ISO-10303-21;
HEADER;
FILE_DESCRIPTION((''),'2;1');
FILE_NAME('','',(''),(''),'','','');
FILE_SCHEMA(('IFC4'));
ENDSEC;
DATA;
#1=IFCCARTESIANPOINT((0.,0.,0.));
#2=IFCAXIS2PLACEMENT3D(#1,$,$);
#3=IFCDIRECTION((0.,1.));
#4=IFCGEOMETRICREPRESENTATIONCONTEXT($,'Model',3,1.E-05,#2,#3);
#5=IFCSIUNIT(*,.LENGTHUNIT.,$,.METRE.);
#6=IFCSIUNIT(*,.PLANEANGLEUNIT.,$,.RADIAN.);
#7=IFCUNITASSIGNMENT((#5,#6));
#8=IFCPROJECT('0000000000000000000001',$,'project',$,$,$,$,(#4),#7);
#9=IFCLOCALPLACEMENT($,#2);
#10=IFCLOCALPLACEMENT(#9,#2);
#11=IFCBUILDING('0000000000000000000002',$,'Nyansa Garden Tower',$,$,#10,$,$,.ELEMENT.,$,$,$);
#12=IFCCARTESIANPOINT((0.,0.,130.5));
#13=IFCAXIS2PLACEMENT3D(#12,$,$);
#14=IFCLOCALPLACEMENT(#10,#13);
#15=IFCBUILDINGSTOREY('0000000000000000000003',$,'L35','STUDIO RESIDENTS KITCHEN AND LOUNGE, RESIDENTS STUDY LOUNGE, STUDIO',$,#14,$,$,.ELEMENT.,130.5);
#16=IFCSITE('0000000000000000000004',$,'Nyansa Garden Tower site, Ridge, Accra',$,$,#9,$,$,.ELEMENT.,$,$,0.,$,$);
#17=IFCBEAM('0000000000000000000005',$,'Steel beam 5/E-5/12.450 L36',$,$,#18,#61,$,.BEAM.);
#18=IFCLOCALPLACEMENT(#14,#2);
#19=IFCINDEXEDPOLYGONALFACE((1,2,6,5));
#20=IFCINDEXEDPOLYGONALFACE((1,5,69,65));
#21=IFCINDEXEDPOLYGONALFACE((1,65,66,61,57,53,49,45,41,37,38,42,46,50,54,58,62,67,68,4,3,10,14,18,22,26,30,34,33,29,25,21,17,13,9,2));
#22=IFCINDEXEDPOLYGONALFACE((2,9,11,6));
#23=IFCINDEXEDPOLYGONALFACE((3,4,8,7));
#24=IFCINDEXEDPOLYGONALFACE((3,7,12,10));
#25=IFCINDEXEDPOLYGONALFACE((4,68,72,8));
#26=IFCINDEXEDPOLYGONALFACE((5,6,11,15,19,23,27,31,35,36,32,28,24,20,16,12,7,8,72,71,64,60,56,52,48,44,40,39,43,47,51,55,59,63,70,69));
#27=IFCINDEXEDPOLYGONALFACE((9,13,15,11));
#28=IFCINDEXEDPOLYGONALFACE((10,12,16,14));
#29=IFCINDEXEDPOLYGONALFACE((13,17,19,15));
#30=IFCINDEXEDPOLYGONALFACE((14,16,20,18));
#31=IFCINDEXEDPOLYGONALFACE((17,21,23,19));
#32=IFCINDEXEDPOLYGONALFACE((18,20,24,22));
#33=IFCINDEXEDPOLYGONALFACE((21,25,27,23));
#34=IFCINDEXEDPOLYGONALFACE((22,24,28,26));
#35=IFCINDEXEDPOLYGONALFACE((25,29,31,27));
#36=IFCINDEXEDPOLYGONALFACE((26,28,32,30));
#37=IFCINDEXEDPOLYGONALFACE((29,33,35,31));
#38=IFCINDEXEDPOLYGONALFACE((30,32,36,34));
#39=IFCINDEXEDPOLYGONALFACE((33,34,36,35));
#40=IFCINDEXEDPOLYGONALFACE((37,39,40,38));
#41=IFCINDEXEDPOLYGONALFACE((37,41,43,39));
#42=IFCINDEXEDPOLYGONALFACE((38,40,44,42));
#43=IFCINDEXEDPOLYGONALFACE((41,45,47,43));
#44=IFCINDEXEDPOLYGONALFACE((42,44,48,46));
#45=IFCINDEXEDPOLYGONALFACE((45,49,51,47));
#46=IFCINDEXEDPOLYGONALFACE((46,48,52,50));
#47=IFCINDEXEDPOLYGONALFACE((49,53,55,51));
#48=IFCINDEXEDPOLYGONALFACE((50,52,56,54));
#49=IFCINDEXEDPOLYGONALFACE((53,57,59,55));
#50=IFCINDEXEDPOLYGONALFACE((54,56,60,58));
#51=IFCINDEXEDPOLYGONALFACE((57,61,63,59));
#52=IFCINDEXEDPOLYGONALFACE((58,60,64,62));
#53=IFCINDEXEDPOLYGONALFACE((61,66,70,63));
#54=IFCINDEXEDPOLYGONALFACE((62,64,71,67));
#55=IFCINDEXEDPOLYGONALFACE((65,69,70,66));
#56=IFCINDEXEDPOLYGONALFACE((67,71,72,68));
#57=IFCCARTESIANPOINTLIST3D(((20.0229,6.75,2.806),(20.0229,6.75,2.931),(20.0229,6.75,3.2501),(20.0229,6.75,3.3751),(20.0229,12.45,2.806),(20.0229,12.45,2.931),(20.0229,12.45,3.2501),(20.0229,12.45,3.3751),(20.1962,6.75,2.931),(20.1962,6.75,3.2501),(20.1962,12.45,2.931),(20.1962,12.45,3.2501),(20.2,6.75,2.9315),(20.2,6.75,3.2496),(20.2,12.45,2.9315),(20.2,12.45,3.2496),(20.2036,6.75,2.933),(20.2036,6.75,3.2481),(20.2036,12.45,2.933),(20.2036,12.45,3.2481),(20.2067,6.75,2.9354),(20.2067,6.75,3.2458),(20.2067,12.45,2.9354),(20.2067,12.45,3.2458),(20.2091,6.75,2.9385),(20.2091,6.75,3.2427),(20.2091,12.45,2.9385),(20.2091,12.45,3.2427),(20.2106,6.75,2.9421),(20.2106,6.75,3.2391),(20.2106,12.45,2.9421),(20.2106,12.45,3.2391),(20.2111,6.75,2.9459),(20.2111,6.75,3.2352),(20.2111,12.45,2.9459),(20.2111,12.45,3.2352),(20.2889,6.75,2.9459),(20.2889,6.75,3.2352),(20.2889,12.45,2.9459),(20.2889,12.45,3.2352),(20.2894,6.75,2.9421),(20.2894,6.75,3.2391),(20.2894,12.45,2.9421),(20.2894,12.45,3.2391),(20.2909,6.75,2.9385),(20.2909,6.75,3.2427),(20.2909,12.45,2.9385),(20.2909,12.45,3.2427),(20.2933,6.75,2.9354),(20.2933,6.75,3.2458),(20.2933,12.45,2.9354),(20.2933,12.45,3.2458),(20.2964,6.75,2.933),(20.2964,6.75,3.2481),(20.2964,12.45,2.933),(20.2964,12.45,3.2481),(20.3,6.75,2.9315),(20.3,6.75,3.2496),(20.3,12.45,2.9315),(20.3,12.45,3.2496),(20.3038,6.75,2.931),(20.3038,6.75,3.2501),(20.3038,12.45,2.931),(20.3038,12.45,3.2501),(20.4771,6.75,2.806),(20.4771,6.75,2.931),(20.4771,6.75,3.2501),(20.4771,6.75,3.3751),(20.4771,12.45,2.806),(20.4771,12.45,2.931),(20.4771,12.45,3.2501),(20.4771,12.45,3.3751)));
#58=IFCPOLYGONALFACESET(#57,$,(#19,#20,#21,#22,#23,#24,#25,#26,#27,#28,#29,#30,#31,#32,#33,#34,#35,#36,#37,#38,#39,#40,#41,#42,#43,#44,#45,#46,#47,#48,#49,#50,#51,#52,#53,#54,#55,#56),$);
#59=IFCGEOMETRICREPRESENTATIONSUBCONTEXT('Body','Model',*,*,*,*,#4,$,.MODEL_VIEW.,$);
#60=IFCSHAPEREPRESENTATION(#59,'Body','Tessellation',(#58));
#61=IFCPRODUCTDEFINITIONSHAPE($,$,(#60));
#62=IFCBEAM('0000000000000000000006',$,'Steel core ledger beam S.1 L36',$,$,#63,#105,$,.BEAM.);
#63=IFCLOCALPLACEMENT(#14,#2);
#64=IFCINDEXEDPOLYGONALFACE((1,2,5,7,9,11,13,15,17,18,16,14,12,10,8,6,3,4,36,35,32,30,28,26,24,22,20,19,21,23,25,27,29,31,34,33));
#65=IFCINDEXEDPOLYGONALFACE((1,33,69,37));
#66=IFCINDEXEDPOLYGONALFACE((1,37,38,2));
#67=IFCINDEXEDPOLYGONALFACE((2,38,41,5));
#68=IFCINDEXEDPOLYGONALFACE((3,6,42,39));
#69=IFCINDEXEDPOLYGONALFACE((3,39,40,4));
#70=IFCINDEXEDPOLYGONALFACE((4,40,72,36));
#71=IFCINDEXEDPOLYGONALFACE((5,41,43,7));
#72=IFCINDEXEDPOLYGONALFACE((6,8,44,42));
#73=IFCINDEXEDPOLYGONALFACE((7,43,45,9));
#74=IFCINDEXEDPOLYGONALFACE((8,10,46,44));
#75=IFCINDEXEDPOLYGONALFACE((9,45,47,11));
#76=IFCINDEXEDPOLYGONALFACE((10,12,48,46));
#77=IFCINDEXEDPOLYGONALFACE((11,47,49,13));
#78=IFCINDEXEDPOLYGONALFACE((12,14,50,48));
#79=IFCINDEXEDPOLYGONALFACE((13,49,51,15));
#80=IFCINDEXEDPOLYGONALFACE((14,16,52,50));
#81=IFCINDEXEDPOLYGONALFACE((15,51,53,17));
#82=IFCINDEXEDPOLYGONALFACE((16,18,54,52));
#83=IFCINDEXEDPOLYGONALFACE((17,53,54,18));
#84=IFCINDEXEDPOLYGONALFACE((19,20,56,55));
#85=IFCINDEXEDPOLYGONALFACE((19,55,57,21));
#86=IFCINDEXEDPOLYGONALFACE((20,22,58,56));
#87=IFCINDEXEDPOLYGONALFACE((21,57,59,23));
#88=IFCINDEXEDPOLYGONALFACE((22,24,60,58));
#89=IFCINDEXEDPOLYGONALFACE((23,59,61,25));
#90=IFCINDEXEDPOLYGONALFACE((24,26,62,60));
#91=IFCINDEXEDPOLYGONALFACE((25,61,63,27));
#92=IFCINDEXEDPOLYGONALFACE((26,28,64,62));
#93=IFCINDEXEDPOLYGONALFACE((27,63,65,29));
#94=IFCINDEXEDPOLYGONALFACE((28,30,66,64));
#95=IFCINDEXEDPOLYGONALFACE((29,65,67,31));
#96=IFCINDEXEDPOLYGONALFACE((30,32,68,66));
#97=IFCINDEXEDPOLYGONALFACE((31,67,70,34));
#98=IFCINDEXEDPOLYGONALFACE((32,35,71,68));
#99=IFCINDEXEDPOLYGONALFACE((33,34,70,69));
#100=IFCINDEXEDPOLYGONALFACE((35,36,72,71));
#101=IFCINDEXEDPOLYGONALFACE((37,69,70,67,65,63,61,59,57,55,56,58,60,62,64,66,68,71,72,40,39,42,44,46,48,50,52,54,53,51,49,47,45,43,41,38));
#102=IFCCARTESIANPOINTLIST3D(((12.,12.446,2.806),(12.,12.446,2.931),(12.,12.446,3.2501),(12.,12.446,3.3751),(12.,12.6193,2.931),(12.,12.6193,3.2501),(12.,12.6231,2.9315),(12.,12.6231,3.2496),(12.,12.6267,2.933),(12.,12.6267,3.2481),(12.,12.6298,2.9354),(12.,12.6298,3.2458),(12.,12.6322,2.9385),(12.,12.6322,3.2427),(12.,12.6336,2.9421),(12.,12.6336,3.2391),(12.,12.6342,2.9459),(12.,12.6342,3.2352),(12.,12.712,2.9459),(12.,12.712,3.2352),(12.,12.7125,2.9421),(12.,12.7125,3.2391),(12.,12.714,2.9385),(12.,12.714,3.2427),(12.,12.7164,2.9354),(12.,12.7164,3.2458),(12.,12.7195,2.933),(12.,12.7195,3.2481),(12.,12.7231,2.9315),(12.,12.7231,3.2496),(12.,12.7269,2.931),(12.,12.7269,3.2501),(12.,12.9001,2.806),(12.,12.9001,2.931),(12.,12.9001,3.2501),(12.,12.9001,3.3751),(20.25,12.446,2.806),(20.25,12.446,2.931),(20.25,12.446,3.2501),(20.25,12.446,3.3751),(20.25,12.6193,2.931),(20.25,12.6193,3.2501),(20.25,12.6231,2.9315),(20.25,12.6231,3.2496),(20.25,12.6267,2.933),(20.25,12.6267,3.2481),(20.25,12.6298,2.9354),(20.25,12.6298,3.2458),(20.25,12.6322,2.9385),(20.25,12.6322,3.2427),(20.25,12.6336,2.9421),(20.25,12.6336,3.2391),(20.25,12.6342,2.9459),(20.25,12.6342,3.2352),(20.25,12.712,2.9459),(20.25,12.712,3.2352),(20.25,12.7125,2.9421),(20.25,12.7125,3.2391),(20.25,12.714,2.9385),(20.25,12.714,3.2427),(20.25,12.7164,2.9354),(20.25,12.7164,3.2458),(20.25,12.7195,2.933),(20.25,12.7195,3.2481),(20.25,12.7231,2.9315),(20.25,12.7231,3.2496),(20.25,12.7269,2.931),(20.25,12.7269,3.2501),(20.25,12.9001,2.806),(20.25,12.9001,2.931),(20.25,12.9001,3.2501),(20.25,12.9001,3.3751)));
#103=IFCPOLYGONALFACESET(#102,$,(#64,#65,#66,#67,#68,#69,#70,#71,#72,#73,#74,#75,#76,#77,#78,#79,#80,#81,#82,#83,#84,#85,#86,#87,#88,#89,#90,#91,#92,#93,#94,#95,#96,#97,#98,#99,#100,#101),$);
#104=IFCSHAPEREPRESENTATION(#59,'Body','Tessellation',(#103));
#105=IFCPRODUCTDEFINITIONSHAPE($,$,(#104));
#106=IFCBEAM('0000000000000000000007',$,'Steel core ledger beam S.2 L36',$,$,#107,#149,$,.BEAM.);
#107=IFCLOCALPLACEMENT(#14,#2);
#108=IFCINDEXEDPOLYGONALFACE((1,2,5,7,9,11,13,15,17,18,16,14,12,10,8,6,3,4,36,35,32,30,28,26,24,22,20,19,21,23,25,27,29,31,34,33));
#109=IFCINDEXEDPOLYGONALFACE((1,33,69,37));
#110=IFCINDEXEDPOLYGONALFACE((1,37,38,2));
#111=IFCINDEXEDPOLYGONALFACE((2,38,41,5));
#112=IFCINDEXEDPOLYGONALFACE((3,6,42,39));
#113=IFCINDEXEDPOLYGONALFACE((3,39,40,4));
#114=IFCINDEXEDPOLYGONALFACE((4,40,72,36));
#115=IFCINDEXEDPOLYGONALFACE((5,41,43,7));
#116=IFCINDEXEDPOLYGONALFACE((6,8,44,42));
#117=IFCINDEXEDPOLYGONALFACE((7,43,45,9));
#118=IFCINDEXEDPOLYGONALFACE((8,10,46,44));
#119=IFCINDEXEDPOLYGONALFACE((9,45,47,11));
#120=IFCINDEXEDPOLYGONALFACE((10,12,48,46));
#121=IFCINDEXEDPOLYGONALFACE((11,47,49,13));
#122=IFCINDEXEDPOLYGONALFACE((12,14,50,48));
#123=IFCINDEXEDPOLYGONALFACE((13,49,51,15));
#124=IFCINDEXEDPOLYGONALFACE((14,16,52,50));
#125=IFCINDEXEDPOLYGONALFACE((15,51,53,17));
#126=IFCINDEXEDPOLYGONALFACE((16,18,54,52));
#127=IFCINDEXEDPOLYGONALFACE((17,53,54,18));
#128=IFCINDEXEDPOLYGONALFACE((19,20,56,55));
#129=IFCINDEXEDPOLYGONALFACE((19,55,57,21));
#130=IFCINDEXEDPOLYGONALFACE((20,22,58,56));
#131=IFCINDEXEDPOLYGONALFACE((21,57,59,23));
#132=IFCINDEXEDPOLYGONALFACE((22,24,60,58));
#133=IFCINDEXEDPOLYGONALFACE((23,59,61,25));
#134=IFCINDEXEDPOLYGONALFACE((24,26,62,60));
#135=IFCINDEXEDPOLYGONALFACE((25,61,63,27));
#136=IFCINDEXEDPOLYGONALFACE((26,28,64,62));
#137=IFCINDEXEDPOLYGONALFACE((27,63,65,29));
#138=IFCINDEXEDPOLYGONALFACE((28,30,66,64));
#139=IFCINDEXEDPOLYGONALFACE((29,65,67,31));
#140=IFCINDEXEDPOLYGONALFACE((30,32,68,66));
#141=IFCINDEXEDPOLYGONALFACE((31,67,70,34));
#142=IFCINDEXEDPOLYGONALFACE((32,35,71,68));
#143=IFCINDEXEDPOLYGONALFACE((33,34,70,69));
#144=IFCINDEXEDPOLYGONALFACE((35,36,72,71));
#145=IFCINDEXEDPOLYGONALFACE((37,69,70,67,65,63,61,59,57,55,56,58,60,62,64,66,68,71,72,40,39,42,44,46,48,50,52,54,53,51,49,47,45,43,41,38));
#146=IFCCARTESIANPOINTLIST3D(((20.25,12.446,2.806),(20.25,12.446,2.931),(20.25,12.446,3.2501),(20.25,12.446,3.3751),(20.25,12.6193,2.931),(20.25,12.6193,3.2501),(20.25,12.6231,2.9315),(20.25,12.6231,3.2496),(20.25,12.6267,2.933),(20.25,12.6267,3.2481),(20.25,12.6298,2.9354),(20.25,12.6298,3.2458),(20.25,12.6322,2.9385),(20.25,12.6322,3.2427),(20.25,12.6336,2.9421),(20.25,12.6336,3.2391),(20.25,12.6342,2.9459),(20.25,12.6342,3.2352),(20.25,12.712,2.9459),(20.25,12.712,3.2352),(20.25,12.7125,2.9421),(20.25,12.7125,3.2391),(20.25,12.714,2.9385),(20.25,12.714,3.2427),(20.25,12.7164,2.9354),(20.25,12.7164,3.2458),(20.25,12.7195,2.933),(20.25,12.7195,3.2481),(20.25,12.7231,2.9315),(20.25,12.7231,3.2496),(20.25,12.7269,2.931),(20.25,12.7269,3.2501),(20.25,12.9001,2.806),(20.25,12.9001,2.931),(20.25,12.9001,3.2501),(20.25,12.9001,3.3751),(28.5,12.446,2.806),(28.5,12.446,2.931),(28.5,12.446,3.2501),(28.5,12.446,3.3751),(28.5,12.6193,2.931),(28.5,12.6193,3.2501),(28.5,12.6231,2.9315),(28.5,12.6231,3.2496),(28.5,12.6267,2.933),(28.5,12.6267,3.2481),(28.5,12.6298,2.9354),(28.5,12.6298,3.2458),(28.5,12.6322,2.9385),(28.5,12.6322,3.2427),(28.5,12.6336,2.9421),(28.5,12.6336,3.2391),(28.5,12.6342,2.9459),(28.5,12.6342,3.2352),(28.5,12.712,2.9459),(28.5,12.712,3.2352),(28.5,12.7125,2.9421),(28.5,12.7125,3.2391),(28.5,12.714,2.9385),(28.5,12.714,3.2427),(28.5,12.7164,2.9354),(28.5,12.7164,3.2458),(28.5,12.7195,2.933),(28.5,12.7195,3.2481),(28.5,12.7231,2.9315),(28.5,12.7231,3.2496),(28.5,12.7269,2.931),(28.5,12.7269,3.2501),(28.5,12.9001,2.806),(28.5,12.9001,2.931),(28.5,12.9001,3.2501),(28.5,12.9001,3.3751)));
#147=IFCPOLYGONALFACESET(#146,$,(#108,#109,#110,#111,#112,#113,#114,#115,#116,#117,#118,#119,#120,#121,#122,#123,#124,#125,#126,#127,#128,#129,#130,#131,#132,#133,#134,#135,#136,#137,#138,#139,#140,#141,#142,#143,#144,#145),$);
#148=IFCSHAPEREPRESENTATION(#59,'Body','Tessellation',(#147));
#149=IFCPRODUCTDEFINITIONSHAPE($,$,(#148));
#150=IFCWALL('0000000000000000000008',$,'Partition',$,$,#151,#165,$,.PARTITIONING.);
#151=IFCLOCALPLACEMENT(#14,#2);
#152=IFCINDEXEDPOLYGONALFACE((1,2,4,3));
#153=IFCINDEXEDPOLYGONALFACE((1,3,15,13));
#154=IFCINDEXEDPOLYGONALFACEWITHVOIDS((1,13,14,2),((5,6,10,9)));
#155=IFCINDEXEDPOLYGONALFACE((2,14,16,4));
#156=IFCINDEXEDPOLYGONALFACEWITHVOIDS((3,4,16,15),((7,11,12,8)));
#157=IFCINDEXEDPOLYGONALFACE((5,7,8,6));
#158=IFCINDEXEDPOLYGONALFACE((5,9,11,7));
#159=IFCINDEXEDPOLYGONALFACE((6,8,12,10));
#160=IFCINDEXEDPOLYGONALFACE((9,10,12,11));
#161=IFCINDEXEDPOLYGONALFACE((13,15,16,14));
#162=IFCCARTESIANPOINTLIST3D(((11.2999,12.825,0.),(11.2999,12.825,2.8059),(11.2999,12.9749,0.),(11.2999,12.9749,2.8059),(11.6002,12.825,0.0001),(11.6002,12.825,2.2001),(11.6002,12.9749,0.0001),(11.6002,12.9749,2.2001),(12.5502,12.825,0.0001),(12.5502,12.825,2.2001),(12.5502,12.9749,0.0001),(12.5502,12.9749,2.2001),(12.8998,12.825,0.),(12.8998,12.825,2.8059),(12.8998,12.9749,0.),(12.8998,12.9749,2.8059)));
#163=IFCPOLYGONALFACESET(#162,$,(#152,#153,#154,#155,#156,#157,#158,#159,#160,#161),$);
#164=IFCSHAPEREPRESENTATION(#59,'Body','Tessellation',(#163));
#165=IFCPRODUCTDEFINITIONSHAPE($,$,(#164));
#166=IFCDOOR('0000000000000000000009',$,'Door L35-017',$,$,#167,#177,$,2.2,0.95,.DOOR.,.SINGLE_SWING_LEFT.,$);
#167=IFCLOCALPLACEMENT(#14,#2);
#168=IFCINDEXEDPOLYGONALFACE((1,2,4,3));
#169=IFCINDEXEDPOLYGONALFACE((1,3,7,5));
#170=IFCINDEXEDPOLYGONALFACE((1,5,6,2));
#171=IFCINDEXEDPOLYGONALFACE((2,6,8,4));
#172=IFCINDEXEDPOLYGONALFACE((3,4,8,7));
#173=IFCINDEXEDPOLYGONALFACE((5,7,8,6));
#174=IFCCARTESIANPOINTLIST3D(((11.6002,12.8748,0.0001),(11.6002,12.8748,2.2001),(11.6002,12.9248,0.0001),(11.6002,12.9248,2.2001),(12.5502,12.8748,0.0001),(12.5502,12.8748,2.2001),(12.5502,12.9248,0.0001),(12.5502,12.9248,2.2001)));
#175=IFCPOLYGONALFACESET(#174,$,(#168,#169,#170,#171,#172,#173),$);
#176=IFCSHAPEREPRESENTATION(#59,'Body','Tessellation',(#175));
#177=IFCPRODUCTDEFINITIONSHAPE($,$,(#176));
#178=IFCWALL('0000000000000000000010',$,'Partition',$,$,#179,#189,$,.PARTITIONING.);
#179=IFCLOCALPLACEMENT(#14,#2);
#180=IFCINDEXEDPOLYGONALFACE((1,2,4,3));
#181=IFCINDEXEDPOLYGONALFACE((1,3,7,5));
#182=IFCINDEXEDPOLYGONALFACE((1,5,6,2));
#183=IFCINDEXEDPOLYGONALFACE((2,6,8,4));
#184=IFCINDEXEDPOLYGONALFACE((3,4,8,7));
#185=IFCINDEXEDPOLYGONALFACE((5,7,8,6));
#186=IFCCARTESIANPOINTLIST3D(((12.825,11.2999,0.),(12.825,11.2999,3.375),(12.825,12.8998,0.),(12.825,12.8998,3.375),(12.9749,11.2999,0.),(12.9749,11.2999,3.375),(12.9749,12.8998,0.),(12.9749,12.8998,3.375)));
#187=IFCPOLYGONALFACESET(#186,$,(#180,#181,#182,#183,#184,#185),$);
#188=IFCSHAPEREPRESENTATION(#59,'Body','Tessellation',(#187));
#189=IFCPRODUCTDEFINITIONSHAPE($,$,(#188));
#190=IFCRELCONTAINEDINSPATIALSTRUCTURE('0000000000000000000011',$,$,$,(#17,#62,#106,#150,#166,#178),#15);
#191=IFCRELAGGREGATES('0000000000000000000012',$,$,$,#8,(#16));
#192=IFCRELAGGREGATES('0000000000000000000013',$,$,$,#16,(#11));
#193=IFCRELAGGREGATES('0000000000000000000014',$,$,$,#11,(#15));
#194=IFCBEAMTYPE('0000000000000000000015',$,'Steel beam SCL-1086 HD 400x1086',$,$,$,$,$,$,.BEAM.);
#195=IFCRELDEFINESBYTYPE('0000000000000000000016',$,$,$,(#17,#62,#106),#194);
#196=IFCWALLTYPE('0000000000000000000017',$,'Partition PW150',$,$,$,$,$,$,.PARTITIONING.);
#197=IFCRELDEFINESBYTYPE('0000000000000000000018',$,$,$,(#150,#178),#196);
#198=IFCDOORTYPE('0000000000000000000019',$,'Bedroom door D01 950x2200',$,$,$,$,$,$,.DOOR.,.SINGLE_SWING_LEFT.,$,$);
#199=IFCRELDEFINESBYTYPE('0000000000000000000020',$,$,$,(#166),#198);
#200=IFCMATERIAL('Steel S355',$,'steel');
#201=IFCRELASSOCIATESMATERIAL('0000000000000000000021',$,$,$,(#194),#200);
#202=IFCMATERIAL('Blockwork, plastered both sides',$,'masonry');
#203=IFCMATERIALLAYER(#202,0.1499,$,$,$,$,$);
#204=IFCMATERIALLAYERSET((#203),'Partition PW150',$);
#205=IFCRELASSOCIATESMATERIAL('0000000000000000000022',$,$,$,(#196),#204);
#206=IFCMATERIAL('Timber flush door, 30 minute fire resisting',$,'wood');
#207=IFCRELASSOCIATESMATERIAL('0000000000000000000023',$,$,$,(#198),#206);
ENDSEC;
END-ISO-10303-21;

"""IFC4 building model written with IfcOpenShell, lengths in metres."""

from ifc_helpers import new_model, si_unit, direction, frame, frame_2d, origin, origin_2d, place, context, subcontext, project, spatial, rectangle, i_section, extrude, material, layer, layer_set, material_profile, profile_set, type_object, element, fill, save


model = new_model("IFC4")

# Units and contexts
model_context = context("Model", 3, precision=1e-05, world=origin(), true_north=direction((0.0, 1.0)))
body_context = subcontext(model_context, "Body", "Model", "MODEL_VIEW")
ifc_project = project(units=[si_unit("LENGTHUNIT", "METRE"), si_unit("PLANEANGLEUNIT", "RADIAN")], contexts=[model_context])

# Site, building, storey
site_placement = place(None, origin())
site = spatial("IfcSite", under=ifc_project, at=site_placement, Name="Nyansa Garden Tower site, Ridge, Accra", CompositionType="ELEMENT", RefElevation=0.0)
building_placement = place(site_placement, origin())
building = spatial("IfcBuilding", under=site, at=building_placement, Name="Nyansa Garden Tower", CompositionType="ELEMENT")
storey_placement = place(building_placement, frame((0.0, 0.0, 130.5)))
storey = spatial("IfcBuildingStorey", under=building, at=storey_placement, Name="L35", Description="STUDIO RESIDENTS KITCHEN AND LOUNGE, RESIDENTS STUDY LOUNGE, STUDIO", CompositionType="ELEMENT", Elevation=130.5)

# Beams
ifc_material_1 = material(Name="Steel S355", Category="steel")
ifc_material_profile_1 = material_profile(ifc_material_1, i_section(OverallWidth=0.4541, OverallDepth=0.5691, WebThickness=0.0779, FlangeThickness=0.125, FilletRadius=0.0149, at=origin_2d()), Name="HD 400x1086")
ifc_profile_set_1 = profile_set([ifc_material_profile_1], Name="Steel S355")
beam_type_1 = type_object("IfcBeamType", Name="Steel beam SCL-1086 HD 400x1086", PredefinedType="BEAM", material=ifc_profile_set_1)
for number, where, z_axis, x_axis, name in (
    (1, (20.25, 6.75, 3.0906), (0.0, 1.0, 0.0), (-1.0, 0.0, 0.0), "Steel beam 5/E-5/12.450 L36"),
):
    element("IfcBeam", number, at=place(storey_placement, frame(where, z_axis=z_axis, x_axis=x_axis)), inside=storey, type_object=beam_type_1, Name=name, PredefinedType="BEAM", context=body_context, shape_type="SweptSolid", body=[
        extrude(i_section(OverallWidth=0.4541, OverallDepth=0.5691, WebThickness=0.0779, FlangeThickness=0.125, FilletRadius=0.0149, at=origin_2d()), origin(), (0.0, 0.0, 1.0), 5.7),
    ])
for number, where, z_axis, x_axis, name in (
    (2, (12.0, 12.6731, 3.0906), (1.0, 0.0, 0.0), (0.0, 1.0, 0.0), "Steel core ledger beam S.1 L36"),
    (3, (20.25, 12.6731, 3.0906), (1.0, 0.0, 0.0), (0.0, 1.0, 0.0), "Steel core ledger beam S.2 L36"),
):
    element("IfcBeam", number, at=place(storey_placement, frame(where, z_axis=z_axis, x_axis=x_axis)), inside=storey, type_object=beam_type_1, Name=name, PredefinedType="BEAM", context=body_context, shape_type="SweptSolid", body=[
        extrude(i_section(OverallWidth=0.4541, OverallDepth=0.5691, WebThickness=0.0779, FlangeThickness=0.125, FilletRadius=0.0149, at=origin_2d()), origin(), (0.0, 0.0, 1.0), 8.25),
    ])

# Wall, opening, door
ifc_material_2 = material(Name="Blockwork, plastered both sides", Category="masonry")
ifc_layer = layer(ifc_material_2, 0.1499)
ifc_layer_set = layer_set([ifc_layer], Name="Partition PW150")
wall_type = type_object("IfcWallType", Name="Partition PW150", PredefinedType="PARTITIONING", material=ifc_layer_set)
wall_1_placement = place(storey_placement, frame((11.3, 12.8999, 0.0), z_axis=(0.0, 0.0, 1.0), x_axis=(1.0, 0.0, 0.0)))
wall_1 = element("IfcWall", 4, at=wall_1_placement, inside=storey, type_object=wall_type, Name="Partition", PredefinedType="PARTITIONING", context=body_context, shape_type="SweptSolid", body=[
    extrude(rectangle(XDim=1.5999, YDim=0.1499, at=frame_2d((0.7998, 0.0))), origin(), (0.0, 0.0, 1.0), 2.8059),
])
opening_placement = place(wall_1_placement, frame((0.3, 0.0, 0.0)))
opening = element("IfcOpeningElement", 5, at=opening_placement, cuts=wall_1, PredefinedType="OPENING", context=body_context, shape_type="SweptSolid", body=[
    extrude(rectangle(XDim=0.95, YDim=2.2, at=frame_2d((0.4751, 1.1001))), frame((0.0, 0.085, 0.0), z_axis=(0.0, -1.0, 0.0), x_axis=(1.0, 0.0, 0.0)), (0.0, 0.0, 1.0), 0.1699),
])
ifc_material_3 = material(Name="Timber flush door, 30 minute fire resisting", Category="wood")
door_type = type_object("IfcDoorType", Name="Bedroom door D01 950x2200", OperationType="SINGLE_SWING_LEFT", PredefinedType="DOOR", material=ifc_material_3)
door_placement = place(opening_placement, origin())
door = element("IfcDoor", 6, at=door_placement, inside=storey, type_object=door_type, Name="Door L35-017", OperationType="SINGLE_SWING_LEFT", OverallHeight=2.2, OverallWidth=0.95, PredefinedType="DOOR", context=body_context, shape_type="SweptSolid", body=[
    extrude(rectangle(XDim=0.95, YDim=2.2, at=frame_2d((0.4751, 1.1001))), frame((0.0, 0.0249, 0.0), z_axis=(0.0, -1.0, 0.0), x_axis=(1.0, 0.0, 0.0)), (0.0, 0.0, 1.0), 0.05),
])
fill(opening, door)

# Wall
wall_2_placement = place(storey_placement, frame((12.8999, 11.3, 0.0), z_axis=(0.0, 0.0, 1.0), x_axis=(0.0, 1.0, 0.0)))
element("IfcWall", 7, at=wall_2_placement, inside=storey, type_object=wall_type, Name="Partition", PredefinedType="PARTITIONING", context=body_context, shape_type="SweptSolid", body=[
    extrude(rectangle(XDim=1.5999, YDim=0.1499, at=frame_2d((0.7998, 0.0))), origin(), (0.0, 0.0, 1.0), 3.375),
])

save(model, "model.ifc")
